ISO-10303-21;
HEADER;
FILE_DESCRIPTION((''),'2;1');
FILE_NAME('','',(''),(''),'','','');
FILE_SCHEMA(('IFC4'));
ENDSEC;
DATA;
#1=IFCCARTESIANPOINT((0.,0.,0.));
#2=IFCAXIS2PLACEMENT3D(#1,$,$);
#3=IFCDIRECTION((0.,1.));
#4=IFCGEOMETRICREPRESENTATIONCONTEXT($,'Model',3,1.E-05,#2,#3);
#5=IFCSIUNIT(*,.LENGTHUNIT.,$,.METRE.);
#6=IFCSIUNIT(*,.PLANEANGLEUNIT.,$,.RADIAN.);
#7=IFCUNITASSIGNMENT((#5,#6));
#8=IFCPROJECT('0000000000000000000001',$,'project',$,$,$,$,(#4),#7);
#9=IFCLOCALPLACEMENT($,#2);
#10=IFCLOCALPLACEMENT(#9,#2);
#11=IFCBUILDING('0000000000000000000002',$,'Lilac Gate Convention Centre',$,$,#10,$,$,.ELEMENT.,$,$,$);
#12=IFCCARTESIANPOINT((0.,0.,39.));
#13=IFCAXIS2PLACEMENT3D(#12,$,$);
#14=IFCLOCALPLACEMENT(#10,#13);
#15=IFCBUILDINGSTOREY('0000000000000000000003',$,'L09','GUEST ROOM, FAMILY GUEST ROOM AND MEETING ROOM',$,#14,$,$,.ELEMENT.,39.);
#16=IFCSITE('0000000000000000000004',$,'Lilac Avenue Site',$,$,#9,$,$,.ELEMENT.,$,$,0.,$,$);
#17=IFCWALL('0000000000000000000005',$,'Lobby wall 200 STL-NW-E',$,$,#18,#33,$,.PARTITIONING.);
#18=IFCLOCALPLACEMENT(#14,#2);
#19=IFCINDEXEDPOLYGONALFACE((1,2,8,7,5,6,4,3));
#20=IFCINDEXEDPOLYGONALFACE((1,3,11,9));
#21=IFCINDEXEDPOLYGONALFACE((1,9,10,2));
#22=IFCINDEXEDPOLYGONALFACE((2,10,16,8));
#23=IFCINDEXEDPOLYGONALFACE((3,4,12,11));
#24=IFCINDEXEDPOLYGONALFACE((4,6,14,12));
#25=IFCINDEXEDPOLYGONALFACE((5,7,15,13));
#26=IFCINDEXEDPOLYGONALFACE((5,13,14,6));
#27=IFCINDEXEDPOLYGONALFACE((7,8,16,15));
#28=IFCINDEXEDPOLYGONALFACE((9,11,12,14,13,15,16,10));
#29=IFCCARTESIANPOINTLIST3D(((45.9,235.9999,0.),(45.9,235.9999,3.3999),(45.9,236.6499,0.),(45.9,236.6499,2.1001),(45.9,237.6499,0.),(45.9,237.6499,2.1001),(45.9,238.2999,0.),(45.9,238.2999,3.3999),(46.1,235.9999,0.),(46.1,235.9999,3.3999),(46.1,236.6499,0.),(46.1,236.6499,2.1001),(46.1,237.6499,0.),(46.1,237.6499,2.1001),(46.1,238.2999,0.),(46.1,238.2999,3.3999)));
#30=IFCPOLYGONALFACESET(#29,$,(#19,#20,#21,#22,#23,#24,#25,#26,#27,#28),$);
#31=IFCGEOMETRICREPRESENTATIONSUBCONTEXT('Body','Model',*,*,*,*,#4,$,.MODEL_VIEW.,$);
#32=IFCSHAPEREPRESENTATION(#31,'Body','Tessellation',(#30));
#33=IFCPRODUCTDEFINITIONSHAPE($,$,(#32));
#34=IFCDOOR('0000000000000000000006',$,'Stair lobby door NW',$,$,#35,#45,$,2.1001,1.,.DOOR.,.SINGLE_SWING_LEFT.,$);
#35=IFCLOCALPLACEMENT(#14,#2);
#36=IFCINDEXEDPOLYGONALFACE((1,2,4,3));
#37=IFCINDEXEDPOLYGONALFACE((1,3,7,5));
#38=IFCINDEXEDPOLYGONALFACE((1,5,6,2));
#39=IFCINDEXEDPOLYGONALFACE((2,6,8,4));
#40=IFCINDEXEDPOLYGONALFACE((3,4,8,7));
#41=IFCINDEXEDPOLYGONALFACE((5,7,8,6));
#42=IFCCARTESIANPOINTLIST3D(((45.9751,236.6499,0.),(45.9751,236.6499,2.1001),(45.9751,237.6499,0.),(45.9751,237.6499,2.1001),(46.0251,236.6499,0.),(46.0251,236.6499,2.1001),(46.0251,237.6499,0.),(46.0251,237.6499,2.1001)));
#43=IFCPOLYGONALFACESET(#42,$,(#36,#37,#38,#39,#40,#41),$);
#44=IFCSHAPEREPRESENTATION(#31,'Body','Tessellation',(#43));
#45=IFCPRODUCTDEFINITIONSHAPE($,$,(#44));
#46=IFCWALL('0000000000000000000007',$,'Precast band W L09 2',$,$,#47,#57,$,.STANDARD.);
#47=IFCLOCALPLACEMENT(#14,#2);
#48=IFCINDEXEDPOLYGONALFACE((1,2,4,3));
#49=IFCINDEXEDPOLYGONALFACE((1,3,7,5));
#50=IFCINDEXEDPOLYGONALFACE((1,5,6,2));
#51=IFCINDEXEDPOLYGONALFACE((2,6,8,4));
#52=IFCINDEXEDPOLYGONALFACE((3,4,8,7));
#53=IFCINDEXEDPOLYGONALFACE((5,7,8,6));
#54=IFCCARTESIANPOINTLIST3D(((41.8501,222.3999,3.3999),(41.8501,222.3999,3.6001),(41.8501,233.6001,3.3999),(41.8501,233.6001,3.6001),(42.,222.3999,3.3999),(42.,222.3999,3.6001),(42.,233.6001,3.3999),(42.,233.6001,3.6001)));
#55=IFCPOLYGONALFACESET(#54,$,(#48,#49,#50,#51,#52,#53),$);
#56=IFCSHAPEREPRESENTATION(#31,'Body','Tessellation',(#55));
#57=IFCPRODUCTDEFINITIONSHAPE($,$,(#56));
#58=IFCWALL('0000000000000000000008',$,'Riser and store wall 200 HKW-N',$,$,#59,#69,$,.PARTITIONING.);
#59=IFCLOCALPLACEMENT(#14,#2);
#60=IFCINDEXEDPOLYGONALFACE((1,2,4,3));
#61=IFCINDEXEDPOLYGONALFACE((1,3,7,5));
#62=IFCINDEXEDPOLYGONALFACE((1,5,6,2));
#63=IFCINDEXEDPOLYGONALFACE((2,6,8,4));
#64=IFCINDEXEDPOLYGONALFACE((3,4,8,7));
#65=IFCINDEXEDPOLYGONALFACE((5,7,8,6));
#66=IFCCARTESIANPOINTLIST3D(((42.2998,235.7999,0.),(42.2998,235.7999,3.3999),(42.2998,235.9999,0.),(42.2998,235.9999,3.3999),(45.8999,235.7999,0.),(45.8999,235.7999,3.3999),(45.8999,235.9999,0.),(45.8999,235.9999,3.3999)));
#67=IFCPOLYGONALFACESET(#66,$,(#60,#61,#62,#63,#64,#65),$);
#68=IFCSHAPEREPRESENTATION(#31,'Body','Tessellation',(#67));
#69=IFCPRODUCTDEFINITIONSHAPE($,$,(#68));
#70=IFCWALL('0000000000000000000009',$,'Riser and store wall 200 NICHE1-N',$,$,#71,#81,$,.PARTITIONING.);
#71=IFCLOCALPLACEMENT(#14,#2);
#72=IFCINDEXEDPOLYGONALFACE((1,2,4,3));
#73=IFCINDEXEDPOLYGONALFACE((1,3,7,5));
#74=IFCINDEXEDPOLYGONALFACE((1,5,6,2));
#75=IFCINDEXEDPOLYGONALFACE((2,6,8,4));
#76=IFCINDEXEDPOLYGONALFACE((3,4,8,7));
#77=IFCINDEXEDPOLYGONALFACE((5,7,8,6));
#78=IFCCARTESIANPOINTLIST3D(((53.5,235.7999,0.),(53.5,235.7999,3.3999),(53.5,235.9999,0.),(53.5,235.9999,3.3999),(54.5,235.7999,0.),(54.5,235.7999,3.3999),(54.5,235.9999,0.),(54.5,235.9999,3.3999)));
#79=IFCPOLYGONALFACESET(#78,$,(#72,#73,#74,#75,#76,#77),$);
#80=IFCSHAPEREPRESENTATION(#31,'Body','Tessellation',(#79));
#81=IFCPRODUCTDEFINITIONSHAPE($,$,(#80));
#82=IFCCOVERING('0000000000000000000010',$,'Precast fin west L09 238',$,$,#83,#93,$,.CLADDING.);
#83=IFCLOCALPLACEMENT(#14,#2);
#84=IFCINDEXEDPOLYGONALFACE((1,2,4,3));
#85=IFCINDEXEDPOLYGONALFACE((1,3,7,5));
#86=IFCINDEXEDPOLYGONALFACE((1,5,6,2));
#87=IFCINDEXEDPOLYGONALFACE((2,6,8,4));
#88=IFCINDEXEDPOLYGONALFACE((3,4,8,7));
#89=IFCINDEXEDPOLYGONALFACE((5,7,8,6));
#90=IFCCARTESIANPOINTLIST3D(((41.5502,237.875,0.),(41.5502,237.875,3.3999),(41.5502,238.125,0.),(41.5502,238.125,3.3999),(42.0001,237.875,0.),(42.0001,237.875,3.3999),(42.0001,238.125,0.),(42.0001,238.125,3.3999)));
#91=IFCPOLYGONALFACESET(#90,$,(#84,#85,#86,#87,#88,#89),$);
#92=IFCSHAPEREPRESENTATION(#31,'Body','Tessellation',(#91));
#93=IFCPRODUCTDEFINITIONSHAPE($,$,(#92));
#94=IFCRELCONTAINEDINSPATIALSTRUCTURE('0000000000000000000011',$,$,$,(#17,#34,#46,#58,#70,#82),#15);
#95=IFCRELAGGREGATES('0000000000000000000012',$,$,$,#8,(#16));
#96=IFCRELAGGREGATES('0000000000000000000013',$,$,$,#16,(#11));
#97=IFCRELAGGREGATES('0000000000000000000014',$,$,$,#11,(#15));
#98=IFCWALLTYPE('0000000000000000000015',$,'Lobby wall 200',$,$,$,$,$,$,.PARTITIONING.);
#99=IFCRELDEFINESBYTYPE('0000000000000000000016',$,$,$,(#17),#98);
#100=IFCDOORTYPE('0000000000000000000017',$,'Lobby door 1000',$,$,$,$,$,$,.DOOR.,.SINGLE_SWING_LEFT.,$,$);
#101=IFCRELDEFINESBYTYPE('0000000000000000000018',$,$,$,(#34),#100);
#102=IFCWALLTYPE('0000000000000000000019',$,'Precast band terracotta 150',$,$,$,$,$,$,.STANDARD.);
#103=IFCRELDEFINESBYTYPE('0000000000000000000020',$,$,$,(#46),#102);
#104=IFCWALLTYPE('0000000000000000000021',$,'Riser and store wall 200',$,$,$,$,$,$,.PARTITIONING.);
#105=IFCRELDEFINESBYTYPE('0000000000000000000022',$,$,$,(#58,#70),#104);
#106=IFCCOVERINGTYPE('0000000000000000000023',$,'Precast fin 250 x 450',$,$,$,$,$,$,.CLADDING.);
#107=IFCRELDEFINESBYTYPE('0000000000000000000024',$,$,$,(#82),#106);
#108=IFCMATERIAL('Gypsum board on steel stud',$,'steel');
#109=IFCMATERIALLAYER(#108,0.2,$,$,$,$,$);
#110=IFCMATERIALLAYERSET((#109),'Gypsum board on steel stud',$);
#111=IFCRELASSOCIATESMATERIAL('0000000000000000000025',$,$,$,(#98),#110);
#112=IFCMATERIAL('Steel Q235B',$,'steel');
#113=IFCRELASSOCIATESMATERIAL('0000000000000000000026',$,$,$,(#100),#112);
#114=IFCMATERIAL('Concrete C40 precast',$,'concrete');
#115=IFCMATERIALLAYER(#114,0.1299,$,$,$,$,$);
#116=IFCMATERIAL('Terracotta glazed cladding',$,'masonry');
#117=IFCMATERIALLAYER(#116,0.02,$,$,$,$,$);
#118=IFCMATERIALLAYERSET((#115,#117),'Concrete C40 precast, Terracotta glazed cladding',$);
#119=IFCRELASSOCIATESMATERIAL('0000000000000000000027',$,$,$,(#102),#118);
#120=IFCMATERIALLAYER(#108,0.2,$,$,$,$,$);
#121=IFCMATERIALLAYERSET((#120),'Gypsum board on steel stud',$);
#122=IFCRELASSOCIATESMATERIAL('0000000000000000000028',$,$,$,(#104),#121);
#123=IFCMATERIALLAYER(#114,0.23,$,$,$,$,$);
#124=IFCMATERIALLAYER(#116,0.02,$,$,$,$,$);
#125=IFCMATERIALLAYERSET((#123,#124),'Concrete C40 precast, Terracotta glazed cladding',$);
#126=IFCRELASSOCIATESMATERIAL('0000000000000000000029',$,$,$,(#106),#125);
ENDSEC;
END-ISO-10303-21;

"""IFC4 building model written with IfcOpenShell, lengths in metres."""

from ifc_helpers import new_model, si_unit, direction, frame, frame_2d, origin, place, context, subcontext, project, spatial, rectangle, extrude, material, layer, layer_set, type_object, element, fill, save


model = new_model("IFC4")

# Units and contexts
model_context = context("Model", 3, precision=1e-05, world=origin(), true_north=direction((0.0, 1.0)))
body_context = subcontext(model_context, "Body", "Model", "MODEL_VIEW")
ifc_project = project(units=[si_unit("LENGTHUNIT", "METRE"), si_unit("PLANEANGLEUNIT", "RADIAN")], contexts=[model_context])

# Site, building, storey
site_placement = place(None, origin())
site = spatial("IfcSite", under=ifc_project, at=site_placement, Name="Lilac Avenue Site", CompositionType="ELEMENT", RefElevation=0.0)
building_placement = place(site_placement, origin())
building = spatial("IfcBuilding", under=site, at=building_placement, Name="Lilac Gate Convention Centre", CompositionType="ELEMENT")
storey_placement = place(building_placement, frame((0.0, 0.0, 39.0)))
storey = spatial("IfcBuildingStorey", under=building, at=storey_placement, Name="L09", Description="GUEST ROOM, FAMILY GUEST ROOM AND MEETING ROOM", CompositionType="ELEMENT", Elevation=39.0)

# Wall, opening, door
ifc_material_1 = material(Name="Gypsum board on steel stud", Category="steel")
ifc_layer_1 = layer(ifc_material_1, 0.2)
ifc_layer_set_1 = layer_set([ifc_layer_1], Name="Gypsum board on steel stud")
wall_type_1 = type_object("IfcWallType", Name="Lobby wall 200", PredefinedType="PARTITIONING", material=ifc_layer_set_1)
wall_1_placement = place(storey_placement, frame((46.0, 236.0, 0.0), z_axis=(0.0, 0.0, 1.0), x_axis=(0.0, 1.0, 0.0)))
wall_1 = element("IfcWall", 1, at=wall_1_placement, inside=storey, type_object=wall_type_1, Name="Lobby wall 200 STL-NW-E", PredefinedType="PARTITIONING", context=body_context, shape_type="SweptSolid", body=[
    extrude(rectangle(XDim=2.3, YDim=0.2, at=frame_2d((1.1499, 0.0))), origin(), (0.0, 0.0, 1.0), 3.3999),
])
opening_placement = place(wall_1_placement, frame((0.6499, 0.0, 0.0)))
opening = element("IfcOpeningElement", 2, at=opening_placement, cuts=wall_1, PredefinedType="OPENING", context=body_context, shape_type="SweptSolid", body=[
    extrude(rectangle(XDim=1.0, YDim=2.1001, at=frame_2d((0.5, 1.05))), frame((0.0, 0.1099, 0.0), z_axis=(0.0, -1.0, 0.0), x_axis=(1.0, 0.0, 0.0)), (0.0, 0.0, 1.0), 0.22),
])
ifc_material_2 = material(Name="Steel Q235B", Category="steel")
door_type = type_object("IfcDoorType", Name="Lobby door 1000", OperationType="SINGLE_SWING_LEFT", PredefinedType="DOOR", material=ifc_material_2)
door_placement = place(opening_placement, origin())
door = element("IfcDoor", 3, at=door_placement, inside=storey, type_object=door_type, Name="Stair lobby door NW", OperationType="SINGLE_SWING_LEFT", OverallHeight=2.1001, OverallWidth=1.0, PredefinedType="DOOR", context=body_context, shape_type="SweptSolid", body=[
    extrude(rectangle(XDim=1.0, YDim=2.1001, at=frame_2d((0.5, 1.05))), frame((0.0, 0.0249, 0.0), z_axis=(0.0, -1.0, 0.0), x_axis=(1.0, 0.0, 0.0)), (0.0, 0.0, 1.0), 0.05),
])
fill(opening, door)

# Walls
ifc_material_3 = material(Name="Concrete C40 precast", Category="concrete")
ifc_layer_2 = layer(ifc_material_3, 0.1299)
ifc_material_4 = material(Name="Terracotta glazed cladding", Category="masonry")
ifc_layer_3 = layer(ifc_material_4, 0.02)
ifc_layer_set_2 = layer_set([ifc_layer_2, ifc_layer_3], Name="Concrete C40 precast, Terracotta glazed cladding")
wall_type_2 = type_object("IfcWallType", Name="Precast band terracotta 150", PredefinedType="STANDARD", material=ifc_layer_set_2)
wall_2_placement = place(storey_placement, frame((41.925, 233.6001, 3.3999), z_axis=(0.0, 0.0, 1.0), x_axis=(0.0, -1.0, 0.0)))
element("IfcWall", 4, at=wall_2_placement, inside=storey, type_object=wall_type_2, Name="Precast band W L09 2", PredefinedType="STANDARD", context=body_context, shape_type="SweptSolid", body=[
    extrude(rectangle(XDim=11.2002, YDim=0.1499, at=frame_2d((5.6001, 0.0))), origin(), (0.0, 0.0, 1.0), 0.2002),
])
ifc_layer_4 = layer(ifc_material_1, 0.2)
ifc_layer_set_3 = layer_set([ifc_layer_4], Name="Gypsum board on steel stud")
wall_type_3 = type_object("IfcWallType", Name="Riser and store wall 200", PredefinedType="PARTITIONING", material=ifc_layer_set_3)
wall_3_placement = place(storey_placement, frame((42.2998, 235.8999, 0.0), z_axis=(0.0, 0.0, 1.0), x_axis=(1.0, 0.0, 0.0)))
element("IfcWall", 5, at=wall_3_placement, inside=storey, type_object=wall_type_3, Name="Riser and store wall 200 HKW-N", PredefinedType="PARTITIONING", context=body_context, shape_type="SweptSolid", body=[
    extrude(rectangle(XDim=3.6001, YDim=0.2, at=frame_2d((1.8, 0.0))), origin(), (0.0, 0.0, 1.0), 3.3999),
])
wall_4_placement = place(storey_placement, frame((53.5, 235.8999, 0.0), z_axis=(0.0, 0.0, 1.0), x_axis=(1.0, 0.0, 0.0)))
element("IfcWall", 6, at=wall_4_placement, inside=storey, type_object=wall_type_3, Name="Riser and store wall 200 NICHE1-N", PredefinedType="PARTITIONING", context=body_context, shape_type="SweptSolid", body=[
    extrude(rectangle(XDim=1.0, YDim=0.2, at=frame_2d((0.5, 0.0))), origin(), (0.0, 0.0, 1.0), 3.3999),
])

# Covering
ifc_layer_5 = layer(ifc_material_3, 0.23)
ifc_layer_6 = layer(ifc_material_4, 0.02)
ifc_layer_set_4 = layer_set([ifc_layer_5, ifc_layer_6], Name="Concrete C40 precast, Terracotta glazed cladding")
covering_type = type_object("IfcCoveringType", Name="Precast fin 250 x 450", PredefinedType="CLADDING", material=ifc_layer_set_4)
covering_placement = place(storey_placement, frame((41.55, 238.0, 0.0), z_axis=(0.0, 0.0, 1.0), x_axis=(1.0, 0.0, 0.0)))
element("IfcCovering", 7, at=covering_placement, inside=storey, type_object=covering_type, Name="Precast fin west L09 238", PredefinedType="CLADDING", context=body_context, shape_type="SweptSolid", body=[
    extrude(rectangle(XDim=0.45, YDim=0.25, at=frame_2d((0.2251, 0.0))), origin(), (0.0, 0.0, 1.0), 3.3999),
])

save(model, "model.ifc")
